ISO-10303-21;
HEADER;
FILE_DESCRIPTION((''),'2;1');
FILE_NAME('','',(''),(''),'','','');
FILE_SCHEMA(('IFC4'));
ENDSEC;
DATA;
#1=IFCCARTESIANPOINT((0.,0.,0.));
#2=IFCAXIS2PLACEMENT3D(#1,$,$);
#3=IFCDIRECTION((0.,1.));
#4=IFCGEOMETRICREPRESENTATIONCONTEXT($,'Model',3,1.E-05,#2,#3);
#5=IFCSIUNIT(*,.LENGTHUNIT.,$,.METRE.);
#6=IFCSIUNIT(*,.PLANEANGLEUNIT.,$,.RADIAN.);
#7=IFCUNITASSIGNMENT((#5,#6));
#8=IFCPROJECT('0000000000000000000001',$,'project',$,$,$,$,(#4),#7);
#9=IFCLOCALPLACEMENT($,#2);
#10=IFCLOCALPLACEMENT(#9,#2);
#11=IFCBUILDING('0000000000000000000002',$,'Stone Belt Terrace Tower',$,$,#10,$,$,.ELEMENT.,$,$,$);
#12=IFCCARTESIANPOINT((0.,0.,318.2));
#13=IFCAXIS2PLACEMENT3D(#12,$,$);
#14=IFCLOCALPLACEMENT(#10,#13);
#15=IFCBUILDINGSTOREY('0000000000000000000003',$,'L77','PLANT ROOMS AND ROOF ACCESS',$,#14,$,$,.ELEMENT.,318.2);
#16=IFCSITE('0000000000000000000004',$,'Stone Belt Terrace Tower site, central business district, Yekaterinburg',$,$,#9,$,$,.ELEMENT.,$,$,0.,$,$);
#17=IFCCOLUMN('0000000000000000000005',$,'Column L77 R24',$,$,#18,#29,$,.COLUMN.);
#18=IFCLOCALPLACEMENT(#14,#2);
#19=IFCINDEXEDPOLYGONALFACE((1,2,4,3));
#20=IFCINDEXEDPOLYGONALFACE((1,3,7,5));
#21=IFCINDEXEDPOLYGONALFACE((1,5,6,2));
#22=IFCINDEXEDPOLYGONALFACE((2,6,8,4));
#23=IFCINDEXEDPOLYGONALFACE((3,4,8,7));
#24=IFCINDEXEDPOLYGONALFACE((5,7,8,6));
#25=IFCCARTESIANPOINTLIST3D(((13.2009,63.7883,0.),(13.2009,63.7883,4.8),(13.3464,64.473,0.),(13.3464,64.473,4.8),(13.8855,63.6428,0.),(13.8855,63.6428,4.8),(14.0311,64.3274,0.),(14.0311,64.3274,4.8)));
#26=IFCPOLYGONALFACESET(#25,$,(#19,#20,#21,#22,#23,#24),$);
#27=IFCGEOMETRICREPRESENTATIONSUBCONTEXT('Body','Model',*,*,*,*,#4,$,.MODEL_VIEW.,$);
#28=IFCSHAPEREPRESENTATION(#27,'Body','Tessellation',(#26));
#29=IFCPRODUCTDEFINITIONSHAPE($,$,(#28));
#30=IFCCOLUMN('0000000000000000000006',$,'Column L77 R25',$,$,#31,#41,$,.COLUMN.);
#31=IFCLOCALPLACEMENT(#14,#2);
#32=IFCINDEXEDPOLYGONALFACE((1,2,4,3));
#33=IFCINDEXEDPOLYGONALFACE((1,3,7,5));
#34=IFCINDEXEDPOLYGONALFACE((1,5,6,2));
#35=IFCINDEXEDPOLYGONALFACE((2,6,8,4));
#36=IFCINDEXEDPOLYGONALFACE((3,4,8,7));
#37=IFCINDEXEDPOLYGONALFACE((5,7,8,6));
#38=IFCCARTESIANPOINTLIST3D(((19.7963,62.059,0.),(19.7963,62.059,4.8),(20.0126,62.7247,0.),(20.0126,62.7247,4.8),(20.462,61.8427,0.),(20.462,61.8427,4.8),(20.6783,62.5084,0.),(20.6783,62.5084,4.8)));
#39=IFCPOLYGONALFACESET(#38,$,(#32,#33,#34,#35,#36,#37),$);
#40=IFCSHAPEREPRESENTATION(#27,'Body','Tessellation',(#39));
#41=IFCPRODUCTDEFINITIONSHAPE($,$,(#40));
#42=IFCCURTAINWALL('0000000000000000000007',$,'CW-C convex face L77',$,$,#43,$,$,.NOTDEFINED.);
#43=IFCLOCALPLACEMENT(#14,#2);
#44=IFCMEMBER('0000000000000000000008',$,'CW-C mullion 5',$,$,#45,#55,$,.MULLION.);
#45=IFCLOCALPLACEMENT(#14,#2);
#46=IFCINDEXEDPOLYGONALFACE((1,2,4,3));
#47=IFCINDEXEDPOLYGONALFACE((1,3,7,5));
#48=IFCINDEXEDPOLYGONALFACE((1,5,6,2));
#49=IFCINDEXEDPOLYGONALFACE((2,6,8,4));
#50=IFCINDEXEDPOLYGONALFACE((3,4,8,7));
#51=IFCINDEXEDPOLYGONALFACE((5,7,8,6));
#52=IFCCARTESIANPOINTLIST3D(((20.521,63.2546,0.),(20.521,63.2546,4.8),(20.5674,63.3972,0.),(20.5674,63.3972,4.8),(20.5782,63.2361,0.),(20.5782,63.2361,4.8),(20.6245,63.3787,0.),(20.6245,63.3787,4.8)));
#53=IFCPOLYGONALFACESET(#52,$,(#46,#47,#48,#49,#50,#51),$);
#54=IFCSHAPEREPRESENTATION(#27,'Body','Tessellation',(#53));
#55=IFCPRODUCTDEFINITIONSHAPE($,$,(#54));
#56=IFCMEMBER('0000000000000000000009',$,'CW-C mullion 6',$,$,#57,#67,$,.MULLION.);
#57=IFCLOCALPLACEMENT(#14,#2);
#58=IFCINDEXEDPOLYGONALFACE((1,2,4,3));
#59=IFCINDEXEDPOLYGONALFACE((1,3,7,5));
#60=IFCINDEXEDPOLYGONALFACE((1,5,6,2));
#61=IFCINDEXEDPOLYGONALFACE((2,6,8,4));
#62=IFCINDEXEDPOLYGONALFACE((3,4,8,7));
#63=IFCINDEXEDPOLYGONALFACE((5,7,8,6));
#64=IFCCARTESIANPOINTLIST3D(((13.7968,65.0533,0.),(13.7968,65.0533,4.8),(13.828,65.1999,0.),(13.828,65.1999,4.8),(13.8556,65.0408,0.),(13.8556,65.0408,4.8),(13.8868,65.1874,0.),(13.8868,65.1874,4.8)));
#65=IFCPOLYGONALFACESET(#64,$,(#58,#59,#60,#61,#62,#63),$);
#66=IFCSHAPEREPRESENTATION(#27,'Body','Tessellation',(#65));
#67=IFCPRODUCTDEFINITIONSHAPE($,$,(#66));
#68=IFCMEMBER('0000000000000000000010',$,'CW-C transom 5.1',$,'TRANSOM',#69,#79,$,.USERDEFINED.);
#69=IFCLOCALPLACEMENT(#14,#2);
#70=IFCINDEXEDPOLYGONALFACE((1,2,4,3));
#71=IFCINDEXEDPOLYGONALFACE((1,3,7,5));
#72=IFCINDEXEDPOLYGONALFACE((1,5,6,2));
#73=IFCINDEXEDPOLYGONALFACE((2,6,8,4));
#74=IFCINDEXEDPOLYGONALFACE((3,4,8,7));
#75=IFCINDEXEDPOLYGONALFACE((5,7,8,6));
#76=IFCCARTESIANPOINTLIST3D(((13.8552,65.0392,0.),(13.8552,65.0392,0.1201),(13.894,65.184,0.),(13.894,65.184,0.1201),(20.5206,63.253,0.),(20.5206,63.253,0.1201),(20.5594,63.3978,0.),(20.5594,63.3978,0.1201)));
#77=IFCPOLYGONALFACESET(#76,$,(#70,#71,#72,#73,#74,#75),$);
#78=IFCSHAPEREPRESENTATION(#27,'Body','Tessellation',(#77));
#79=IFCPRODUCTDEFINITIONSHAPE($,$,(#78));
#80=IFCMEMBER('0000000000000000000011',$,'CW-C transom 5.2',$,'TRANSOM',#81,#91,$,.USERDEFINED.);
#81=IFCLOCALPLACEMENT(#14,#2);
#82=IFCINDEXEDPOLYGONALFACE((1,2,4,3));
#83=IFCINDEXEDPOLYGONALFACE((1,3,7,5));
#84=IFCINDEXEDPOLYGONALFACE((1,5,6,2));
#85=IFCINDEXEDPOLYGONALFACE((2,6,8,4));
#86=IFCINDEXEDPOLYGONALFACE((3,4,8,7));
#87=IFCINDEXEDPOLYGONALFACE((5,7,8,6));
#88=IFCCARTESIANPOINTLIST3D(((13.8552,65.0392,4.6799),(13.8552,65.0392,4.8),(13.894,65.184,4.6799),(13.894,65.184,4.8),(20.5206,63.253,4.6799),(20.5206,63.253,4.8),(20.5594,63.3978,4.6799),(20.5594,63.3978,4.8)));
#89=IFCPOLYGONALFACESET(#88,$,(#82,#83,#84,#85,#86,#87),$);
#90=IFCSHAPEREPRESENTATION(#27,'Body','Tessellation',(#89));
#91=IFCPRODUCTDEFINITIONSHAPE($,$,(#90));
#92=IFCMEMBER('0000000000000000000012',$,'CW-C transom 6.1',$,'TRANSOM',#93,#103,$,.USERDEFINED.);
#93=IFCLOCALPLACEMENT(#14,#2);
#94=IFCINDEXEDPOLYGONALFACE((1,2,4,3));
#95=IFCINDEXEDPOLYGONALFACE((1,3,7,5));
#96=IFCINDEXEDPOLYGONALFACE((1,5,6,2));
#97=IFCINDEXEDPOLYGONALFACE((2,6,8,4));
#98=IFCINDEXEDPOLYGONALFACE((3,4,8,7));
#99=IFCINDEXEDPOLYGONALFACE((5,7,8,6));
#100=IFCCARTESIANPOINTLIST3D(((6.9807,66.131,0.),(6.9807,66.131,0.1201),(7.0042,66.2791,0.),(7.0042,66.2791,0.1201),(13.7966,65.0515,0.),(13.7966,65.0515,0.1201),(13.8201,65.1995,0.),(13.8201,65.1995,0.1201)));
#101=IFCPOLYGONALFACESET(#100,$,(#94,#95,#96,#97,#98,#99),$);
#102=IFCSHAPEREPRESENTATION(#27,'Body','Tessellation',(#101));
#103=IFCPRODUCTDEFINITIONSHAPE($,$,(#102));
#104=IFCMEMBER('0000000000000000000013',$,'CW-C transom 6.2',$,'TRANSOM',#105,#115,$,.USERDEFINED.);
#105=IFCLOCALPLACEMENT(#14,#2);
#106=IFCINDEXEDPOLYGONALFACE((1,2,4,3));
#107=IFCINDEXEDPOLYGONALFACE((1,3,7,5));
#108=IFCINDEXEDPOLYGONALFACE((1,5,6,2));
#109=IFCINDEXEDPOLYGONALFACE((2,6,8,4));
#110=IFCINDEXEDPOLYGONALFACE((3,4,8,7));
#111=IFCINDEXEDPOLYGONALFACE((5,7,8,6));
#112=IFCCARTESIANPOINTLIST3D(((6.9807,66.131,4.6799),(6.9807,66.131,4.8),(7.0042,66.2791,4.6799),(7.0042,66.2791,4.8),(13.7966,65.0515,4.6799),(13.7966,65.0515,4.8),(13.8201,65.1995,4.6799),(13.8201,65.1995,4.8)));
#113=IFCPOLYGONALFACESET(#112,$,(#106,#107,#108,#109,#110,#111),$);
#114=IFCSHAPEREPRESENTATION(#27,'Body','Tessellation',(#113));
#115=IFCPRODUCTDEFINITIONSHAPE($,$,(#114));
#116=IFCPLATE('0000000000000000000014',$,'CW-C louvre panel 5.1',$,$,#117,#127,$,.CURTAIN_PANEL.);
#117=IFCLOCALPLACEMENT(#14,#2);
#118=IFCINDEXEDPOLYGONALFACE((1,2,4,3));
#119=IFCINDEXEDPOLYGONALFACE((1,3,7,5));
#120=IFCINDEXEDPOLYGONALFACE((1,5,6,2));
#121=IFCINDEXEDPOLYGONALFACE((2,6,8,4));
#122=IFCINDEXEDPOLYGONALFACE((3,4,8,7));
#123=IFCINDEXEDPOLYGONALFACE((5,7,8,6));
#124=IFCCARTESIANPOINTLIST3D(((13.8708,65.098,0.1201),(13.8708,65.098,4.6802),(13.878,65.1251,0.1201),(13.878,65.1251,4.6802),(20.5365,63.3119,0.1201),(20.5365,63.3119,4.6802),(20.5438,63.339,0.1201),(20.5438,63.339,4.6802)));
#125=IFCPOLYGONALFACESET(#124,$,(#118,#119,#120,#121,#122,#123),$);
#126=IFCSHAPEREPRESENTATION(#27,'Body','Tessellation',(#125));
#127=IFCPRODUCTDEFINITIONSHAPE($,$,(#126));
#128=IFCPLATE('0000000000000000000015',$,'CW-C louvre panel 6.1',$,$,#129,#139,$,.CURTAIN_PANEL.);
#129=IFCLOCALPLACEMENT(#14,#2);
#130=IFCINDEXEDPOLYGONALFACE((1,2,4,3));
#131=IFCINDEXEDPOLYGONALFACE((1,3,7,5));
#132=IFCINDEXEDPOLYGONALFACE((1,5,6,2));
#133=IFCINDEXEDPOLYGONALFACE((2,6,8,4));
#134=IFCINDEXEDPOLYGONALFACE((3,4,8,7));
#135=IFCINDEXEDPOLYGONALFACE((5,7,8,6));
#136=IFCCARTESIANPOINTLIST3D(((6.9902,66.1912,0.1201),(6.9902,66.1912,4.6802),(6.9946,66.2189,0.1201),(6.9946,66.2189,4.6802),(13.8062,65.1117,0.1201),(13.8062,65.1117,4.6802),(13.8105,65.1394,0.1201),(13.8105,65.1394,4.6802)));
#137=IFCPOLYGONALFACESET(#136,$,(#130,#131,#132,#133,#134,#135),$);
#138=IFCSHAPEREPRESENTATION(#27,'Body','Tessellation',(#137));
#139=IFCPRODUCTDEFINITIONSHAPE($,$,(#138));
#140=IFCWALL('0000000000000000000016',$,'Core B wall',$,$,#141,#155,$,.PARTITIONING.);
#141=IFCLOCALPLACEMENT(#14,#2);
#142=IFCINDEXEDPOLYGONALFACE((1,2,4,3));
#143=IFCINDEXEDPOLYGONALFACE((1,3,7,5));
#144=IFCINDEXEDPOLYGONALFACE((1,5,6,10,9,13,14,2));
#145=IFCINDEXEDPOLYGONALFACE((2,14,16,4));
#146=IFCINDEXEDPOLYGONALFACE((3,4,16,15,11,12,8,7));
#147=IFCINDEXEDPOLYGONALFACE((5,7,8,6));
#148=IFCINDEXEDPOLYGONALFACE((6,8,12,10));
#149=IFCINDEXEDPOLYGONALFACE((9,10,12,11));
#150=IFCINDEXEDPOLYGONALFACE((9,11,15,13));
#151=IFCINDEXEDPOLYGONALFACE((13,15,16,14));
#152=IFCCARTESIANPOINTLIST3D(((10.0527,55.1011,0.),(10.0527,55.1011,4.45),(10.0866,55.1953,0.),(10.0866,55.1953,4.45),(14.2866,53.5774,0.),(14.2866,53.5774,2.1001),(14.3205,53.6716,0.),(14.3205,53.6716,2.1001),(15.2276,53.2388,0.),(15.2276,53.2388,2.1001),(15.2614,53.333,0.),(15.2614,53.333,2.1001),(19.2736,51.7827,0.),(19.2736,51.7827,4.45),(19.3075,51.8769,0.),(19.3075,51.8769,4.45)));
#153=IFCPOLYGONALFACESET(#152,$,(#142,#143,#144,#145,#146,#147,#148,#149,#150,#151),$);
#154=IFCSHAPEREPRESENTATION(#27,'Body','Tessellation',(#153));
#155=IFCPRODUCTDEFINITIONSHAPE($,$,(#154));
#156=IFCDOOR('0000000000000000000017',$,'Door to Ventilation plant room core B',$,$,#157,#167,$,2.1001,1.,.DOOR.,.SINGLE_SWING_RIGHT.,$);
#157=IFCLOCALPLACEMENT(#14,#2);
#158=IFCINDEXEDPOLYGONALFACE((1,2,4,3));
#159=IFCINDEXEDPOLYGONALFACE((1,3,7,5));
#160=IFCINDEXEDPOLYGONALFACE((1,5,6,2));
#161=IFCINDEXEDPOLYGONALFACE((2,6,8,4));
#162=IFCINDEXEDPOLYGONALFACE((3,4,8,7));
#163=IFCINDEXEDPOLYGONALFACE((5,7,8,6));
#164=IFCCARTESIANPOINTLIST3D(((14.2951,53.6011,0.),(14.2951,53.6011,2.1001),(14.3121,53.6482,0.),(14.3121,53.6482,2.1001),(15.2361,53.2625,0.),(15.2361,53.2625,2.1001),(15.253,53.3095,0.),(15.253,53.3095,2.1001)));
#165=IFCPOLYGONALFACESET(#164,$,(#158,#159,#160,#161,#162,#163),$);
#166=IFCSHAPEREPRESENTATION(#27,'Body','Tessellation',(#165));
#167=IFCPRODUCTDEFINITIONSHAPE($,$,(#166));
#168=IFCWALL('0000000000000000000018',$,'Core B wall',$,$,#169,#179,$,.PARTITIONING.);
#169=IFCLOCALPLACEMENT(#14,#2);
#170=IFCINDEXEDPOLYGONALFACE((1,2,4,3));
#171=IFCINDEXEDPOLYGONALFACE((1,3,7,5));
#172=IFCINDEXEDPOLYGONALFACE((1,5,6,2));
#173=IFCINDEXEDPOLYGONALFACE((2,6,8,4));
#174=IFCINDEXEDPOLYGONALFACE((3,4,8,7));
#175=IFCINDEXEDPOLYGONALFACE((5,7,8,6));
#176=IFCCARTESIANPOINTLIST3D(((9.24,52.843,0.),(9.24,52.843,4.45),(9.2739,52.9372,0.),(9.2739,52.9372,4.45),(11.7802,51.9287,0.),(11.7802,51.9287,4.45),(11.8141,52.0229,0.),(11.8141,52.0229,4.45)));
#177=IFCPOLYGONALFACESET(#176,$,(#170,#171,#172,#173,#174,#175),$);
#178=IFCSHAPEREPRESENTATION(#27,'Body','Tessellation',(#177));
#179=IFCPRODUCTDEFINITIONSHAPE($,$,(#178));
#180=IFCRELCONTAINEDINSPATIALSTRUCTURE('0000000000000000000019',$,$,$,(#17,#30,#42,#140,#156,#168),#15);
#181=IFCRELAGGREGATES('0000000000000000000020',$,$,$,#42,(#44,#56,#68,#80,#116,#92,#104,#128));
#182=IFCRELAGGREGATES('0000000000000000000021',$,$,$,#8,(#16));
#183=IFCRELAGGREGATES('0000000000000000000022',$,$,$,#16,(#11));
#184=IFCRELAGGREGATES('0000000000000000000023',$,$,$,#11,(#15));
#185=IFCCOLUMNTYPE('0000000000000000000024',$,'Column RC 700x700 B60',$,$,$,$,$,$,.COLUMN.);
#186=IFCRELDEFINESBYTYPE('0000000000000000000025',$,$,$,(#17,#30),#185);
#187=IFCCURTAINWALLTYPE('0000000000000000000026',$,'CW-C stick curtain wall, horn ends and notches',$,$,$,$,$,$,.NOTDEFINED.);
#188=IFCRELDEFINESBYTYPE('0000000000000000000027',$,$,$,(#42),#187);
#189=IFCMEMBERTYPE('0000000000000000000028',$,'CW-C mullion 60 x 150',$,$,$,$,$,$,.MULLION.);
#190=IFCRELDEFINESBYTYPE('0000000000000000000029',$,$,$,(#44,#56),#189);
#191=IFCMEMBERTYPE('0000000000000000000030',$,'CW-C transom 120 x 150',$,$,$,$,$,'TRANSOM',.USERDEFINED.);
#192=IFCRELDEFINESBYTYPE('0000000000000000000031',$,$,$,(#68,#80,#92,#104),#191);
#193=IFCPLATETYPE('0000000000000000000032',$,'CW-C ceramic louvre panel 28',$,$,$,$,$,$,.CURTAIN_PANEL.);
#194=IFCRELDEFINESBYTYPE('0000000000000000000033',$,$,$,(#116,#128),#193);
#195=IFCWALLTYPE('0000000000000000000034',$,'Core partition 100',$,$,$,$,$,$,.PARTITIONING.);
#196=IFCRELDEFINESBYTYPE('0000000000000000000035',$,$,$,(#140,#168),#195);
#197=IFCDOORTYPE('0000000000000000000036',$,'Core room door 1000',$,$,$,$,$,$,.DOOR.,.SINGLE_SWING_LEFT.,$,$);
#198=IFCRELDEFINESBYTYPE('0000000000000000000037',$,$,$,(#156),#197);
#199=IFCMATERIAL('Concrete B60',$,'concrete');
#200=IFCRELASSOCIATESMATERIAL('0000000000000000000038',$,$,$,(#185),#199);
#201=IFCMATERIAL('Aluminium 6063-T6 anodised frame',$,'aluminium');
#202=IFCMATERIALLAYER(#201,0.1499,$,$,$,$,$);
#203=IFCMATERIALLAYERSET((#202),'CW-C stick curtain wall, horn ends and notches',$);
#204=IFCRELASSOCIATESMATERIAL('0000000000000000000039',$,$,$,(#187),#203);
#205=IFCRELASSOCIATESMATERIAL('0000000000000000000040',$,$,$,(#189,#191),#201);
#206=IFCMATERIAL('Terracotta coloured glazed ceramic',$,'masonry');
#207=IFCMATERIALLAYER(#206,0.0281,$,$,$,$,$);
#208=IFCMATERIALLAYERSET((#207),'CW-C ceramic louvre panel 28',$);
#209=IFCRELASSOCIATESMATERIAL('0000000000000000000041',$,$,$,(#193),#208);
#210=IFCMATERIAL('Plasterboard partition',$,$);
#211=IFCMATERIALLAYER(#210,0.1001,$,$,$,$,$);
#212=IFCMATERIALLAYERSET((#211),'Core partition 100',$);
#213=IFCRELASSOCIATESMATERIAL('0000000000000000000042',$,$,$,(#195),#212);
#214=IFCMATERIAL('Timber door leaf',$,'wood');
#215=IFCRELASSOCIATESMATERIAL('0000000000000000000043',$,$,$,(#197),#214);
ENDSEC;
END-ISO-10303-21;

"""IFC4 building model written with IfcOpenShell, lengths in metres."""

from ifc_helpers import new_model, si_unit, direction, frame, frame_2d, origin, origin_2d, place, context, subcontext, project, spatial, rectangle, extrude, material, layer, layer_set, material_profile, profile_set, type_object, element, fill, aggregate, save


model = new_model("IFC4")

# Units and contexts
model_context = context("Model", 3, precision=1e-05, world=origin(), true_north=direction((0.0, 1.0)))
body_context = subcontext(model_context, "Body", "Model", "MODEL_VIEW")
ifc_project = project(units=[si_unit("LENGTHUNIT", "METRE"), si_unit("PLANEANGLEUNIT", "RADIAN")], contexts=[model_context])

# Site, building, storey
site_placement = place(None, origin())
site = spatial("IfcSite", under=ifc_project, at=site_placement, Name="Stone Belt Terrace Tower site, central business district, Yekaterinburg", CompositionType="ELEMENT", RefElevation=0.0)
building_placement = place(site_placement, origin())
building = spatial("IfcBuilding", under=site, at=building_placement, Name="Stone Belt Terrace Tower", CompositionType="ELEMENT")
storey_placement = place(building_placement, frame((0.0, 0.0, 318.2)))
storey = spatial("IfcBuildingStorey", under=building, at=storey_placement, Name="L77", Description="PLANT ROOMS AND ROOF ACCESS", CompositionType="ELEMENT", Elevation=318.2)

# Columns
ifc_material_1 = material(Name="Concrete B60", Category="concrete")
ifc_material_profile_1 = material_profile(ifc_material_1, rectangle(XDim=0.7, YDim=0.7, at=origin_2d()), Name="RC 700x700")
ifc_profile_set_1 = profile_set([ifc_material_profile_1], Name="Concrete B60")
column_type = type_object("IfcColumnType", Name="Column RC 700x700 B60", PredefinedType="COLUMN", material=ifc_profile_set_1)
for number, where, z_axis, x_axis, name in (
    (1, (13.616, 64.0579, 0.0), (0.0, 0.0, 1.0), (0.978148, -0.207912, 0.0), "Column L77 R24"),
    (2, (20.2373, 62.2837, 0.0), (0.0, 0.0, 1.0), (0.951057, -0.309017, 0.0), "Column L77 R25"),
):
    element("IfcColumn", number, at=place(storey_placement, frame(where, z_axis=z_axis, x_axis=x_axis)), inside=storey, type_object=column_type, Name=name, PredefinedType="COLUMN", context=body_context, shape_type="SweptSolid", body=[
        extrude(rectangle(XDim=0.7, YDim=0.7, at=origin_2d()), origin(), (0.0, 0.0, 1.0), 4.8),
    ])

# Curtain wall, members, plates
ifc_material_2 = material(Name="Aluminium 6063-T6 anodised frame", Category="aluminium")
ifc_layer_1 = layer(ifc_material_2, 0.1499)
ifc_layer_set_1 = layer_set([ifc_layer_1], Name="CW-C stick curtain wall, horn ends and notches")
curtain_wall_type = type_object("IfcCurtainWallType", Name="CW-C stick curtain wall, horn ends and notches", PredefinedType="NOTDEFINED", material=ifc_layer_set_1)
curtain_wall_placement = place(storey_placement, origin())
curtain_wall = element("IfcCurtainWall", 3, at=curtain_wall_placement, inside=storey, type_object=curtain_wall_type, Name="CW-C convex face L77", PredefinedType="NOTDEFINED")
ifc_material_profile_2 = material_profile(ifc_material_2, rectangle(XDim=0.1499, YDim=0.0601, at=origin_2d()), Name="Aluminium 6063-T6 60x150")
ifc_profile_set_2 = profile_set([ifc_material_profile_2], Name="Aluminium 6063-T6 anodised frame")
member_type_1 = type_object("IfcMemberType", Name="CW-C mullion 60 x 150", PredefinedType="MULLION", material=ifc_profile_set_2)
member_1_placement = place(storey_placement, frame((20.5728, 63.3167, 0.0), z_axis=(0.0, 0.0, 1.0), x_axis=(-0.309017, -0.951057, 0.0)))
member_1 = element("IfcMember", 4, at=member_1_placement, type_object=member_type_1, Name="CW-C mullion 5", PredefinedType="MULLION", context=body_context, shape_type="SweptSolid", body=[
    extrude(rectangle(XDim=0.1499, YDim=0.0601, at=origin_2d()), origin(), (0.0, 0.0, 1.0), 4.8),
])
member_2_placement = place(storey_placement, frame((13.8418, 65.1204, 0.0), z_axis=(0.0, 0.0, 1.0), x_axis=(-0.207912, -0.978148, 0.0)))
member_2 = element("IfcMember", 5, at=member_2_placement, type_object=member_type_1, Name="CW-C mullion 6", PredefinedType="MULLION", context=body_context, shape_type="SweptSolid", body=[
    extrude(rectangle(XDim=0.1499, YDim=0.0601, at=origin_2d()), origin(), (0.0, 0.0, 1.0), 4.8),
])
ifc_material_profile_3 = material_profile(ifc_material_2, rectangle(XDim=0.1499, YDim=0.1201, at=origin_2d()), Name="Aluminium 6063-T6 150x120")
ifc_profile_set_3 = profile_set([ifc_material_profile_3], Name="Aluminium 6063-T6 anodised frame")
member_type_2 = type_object("IfcMemberType", Name="CW-C transom 120 x 150", ElementType="TRANSOM", PredefinedType="USERDEFINED", material=ifc_profile_set_3)
member_3_placement = place(storey_placement, frame((20.54, 63.3254, 0.0601), z_axis=(-0.965922, 0.258834, 0.0), x_axis=(-0.258834, -0.965922, 0.0)))
member_3 = element("IfcMember", 6, at=member_3_placement, type_object=member_type_2, Name="CW-C transom 5.1", ObjectType="TRANSOM", PredefinedType="USERDEFINED", context=body_context, shape_type="SweptSolid", body=[
    extrude(rectangle(XDim=0.1499, YDim=0.1201, at=origin_2d()), origin(), (0.0, 0.0, 1.0), 6.9006),
])
member_4_placement = place(storey_placement, frame((20.54, 63.3254, 4.74), z_axis=(-0.965922, 0.258834, 0.0), x_axis=(-0.258834, -0.965922, 0.0)))
member_4 = element("IfcMember", 7, at=member_4_placement, type_object=member_type_2, Name="CW-C transom 5.2", ObjectType="TRANSOM", PredefinedType="USERDEFINED", context=body_context, shape_type="SweptSolid", body=[
    extrude(rectangle(XDim=0.1499, YDim=0.1201, at=origin_2d()), origin(), (0.0, 0.0, 1.0), 6.9006),
])
member_5_placement = place(storey_placement, frame((13.8083, 65.1255, 0.0601), z_axis=(-0.987687, 0.156442, 0.0), x_axis=(-0.156442, -0.987687, 0.0)))
member_5 = element("IfcMember", 8, at=member_5_placement, type_object=member_type_2, Name="CW-C transom 6.1", ObjectType="TRANSOM", PredefinedType="USERDEFINED", context=body_context, shape_type="SweptSolid", body=[
    extrude(rectangle(XDim=0.1499, YDim=0.1201, at=origin_2d()), origin(), (0.0, 0.0, 1.0), 6.9009),
])
member_6_placement = place(storey_placement, frame((13.8083, 65.1255, 4.74), z_axis=(-0.987687, 0.156442, 0.0), x_axis=(-0.156442, -0.987687, 0.0)))
member_6 = element("IfcMember", 9, at=member_6_placement, type_object=member_type_2, Name="CW-C transom 6.2", ObjectType="TRANSOM", PredefinedType="USERDEFINED", context=body_context, shape_type="SweptSolid", body=[
    extrude(rectangle(XDim=0.1499, YDim=0.1201, at=origin_2d()), origin(), (0.0, 0.0, 1.0), 6.9009),
])
ifc_material_3 = material(Name="Terracotta coloured glazed ceramic", Category="masonry")
ifc_layer_2 = layer(ifc_material_3, 0.0281)
ifc_layer_set_2 = layer_set([ifc_layer_2], Name="CW-C ceramic louvre panel 28")
plate_type = type_object("IfcPlateType", Name="CW-C ceramic louvre panel 28", PredefinedType="CURTAIN_PANEL", material=ifc_layer_set_2)
plate_1_placement = place(storey_placement, frame((17.2073, 64.2185, 0.1201), z_axis=(0.0, 0.0, 1.0), x_axis=(-0.965926, 0.258819, 0.0)))
plate_1 = element("IfcPlate", 10, at=plate_1_placement, type_object=plate_type, Name="CW-C louvre panel 5.1", PredefinedType="CURTAIN_PANEL", context=body_context, shape_type="SweptSolid", body=[
    extrude(rectangle(XDim=6.9009, YDim=0.0281, at=origin_2d()), origin(), (0.0, 0.0, 1.0), 4.5601),
])
plate_2_placement = place(storey_placement, frame((10.4004, 65.6653, 0.1201), z_axis=(0.0, 0.0, 1.0), x_axis=(-0.987688, 0.156434, 0.0)))
plate_2 = element("IfcPlate", 11, at=plate_2_placement, type_object=plate_type, Name="CW-C louvre panel 6.1", PredefinedType="CURTAIN_PANEL", context=body_context, shape_type="SweptSolid", body=[
    extrude(rectangle(XDim=6.9009, YDim=0.0281, at=origin_2d()), origin(), (0.0, 0.0, 1.0), 4.5601),
])
aggregate(curtain_wall, [member_1, member_2, member_3, member_4, plate_1, member_5, member_6, plate_2])

# Wall, opening, door
ifc_material_4 = material(Name="Plasterboard partition")
ifc_layer_3 = layer(ifc_material_4, 0.1001)
ifc_layer_set_3 = layer_set([ifc_layer_3], Name="Core partition 100")
wall_type_1 = type_object("IfcWallType", Name="Core partition 100", PredefinedType="PARTITIONING", material=ifc_layer_set_3)
wall_1_placement = place(storey_placement, frame((19.2905, 51.8298, 0.0), z_axis=(0.0, 0.0, 1.0), x_axis=(-0.940926, 0.338613, 0.0)))
wall_1 = element("IfcWall", 12, at=wall_1_placement, inside=storey, type_object=wall_type_1, Name="Core B wall", PredefinedType="PARTITIONING", context=body_context, shape_type="SweptSolid", body=[
    extrude(rectangle(XDim=9.7998, YDim=0.1001, at=frame_2d((4.8999, 0.0))), origin(), (0.0, 0.0, 1.0), 4.45),
])
opening_1_placement = place(wall_1_placement, frame((4.3, 0.0, 0.0)))
opening_1 = element("IfcOpeningElement", 13, at=opening_1_placement, cuts=wall_1, PredefinedType="OPENING", context=body_context, shape_type="SweptSolid", body=[
    extrude(rectangle(XDim=1.0, YDim=2.1001, at=frame_2d((0.5, 1.05))), frame((0.0, 0.0601, 0.0), z_axis=(0.0, -1.0, 0.0), x_axis=(1.0, 0.0, 0.0)), (0.0, 0.0, 1.0), 0.1201),
])
ifc_material_5 = material(Name="Timber door leaf", Category="wood")
door_type_1 = type_object("IfcDoorType", Name="Core room door 1000", OperationType="SINGLE_SWING_LEFT", PredefinedType="DOOR", material=ifc_material_5)
door_1_placement = place(opening_1_placement, origin())
door_1 = element("IfcDoor", 14, at=door_1_placement, inside=storey, type_object=door_type_1, Name="Door to Ventilation plant room core B", OperationType="SINGLE_SWING_RIGHT", OverallHeight=2.1001, OverallWidth=1.0, PredefinedType="DOOR", context=body_context, shape_type="SweptSolid", body=[
    extrude(rectangle(XDim=1.0, YDim=2.1001, at=frame_2d((0.5, 1.05))), frame((0.0, 0.0249, 0.0), z_axis=(0.0, -1.0, 0.0), x_axis=(1.0, 0.0, 0.0)), (0.0, 0.0, 1.0), 0.05),
])
fill(opening_1, door_1)

# Wall
wall_2_placement = place(storey_placement, frame((11.7971, 51.9758, 0.0), z_axis=(0.0, 0.0, 1.0), x_axis=(-0.94091, 0.338655, 0.0)))
element("IfcWall", 15, at=wall_2_placement, inside=storey, type_object=wall_type_1, Name="Core B wall", PredefinedType="PARTITIONING", context=body_context, shape_type="SweptSolid", body=[
    extrude(rectangle(XDim=2.6997, YDim=0.1001, at=frame_2d((1.3499, 0.0))), origin(), (0.0, 0.0, 1.0), 4.45),
])

save(model, "model.ifc")
